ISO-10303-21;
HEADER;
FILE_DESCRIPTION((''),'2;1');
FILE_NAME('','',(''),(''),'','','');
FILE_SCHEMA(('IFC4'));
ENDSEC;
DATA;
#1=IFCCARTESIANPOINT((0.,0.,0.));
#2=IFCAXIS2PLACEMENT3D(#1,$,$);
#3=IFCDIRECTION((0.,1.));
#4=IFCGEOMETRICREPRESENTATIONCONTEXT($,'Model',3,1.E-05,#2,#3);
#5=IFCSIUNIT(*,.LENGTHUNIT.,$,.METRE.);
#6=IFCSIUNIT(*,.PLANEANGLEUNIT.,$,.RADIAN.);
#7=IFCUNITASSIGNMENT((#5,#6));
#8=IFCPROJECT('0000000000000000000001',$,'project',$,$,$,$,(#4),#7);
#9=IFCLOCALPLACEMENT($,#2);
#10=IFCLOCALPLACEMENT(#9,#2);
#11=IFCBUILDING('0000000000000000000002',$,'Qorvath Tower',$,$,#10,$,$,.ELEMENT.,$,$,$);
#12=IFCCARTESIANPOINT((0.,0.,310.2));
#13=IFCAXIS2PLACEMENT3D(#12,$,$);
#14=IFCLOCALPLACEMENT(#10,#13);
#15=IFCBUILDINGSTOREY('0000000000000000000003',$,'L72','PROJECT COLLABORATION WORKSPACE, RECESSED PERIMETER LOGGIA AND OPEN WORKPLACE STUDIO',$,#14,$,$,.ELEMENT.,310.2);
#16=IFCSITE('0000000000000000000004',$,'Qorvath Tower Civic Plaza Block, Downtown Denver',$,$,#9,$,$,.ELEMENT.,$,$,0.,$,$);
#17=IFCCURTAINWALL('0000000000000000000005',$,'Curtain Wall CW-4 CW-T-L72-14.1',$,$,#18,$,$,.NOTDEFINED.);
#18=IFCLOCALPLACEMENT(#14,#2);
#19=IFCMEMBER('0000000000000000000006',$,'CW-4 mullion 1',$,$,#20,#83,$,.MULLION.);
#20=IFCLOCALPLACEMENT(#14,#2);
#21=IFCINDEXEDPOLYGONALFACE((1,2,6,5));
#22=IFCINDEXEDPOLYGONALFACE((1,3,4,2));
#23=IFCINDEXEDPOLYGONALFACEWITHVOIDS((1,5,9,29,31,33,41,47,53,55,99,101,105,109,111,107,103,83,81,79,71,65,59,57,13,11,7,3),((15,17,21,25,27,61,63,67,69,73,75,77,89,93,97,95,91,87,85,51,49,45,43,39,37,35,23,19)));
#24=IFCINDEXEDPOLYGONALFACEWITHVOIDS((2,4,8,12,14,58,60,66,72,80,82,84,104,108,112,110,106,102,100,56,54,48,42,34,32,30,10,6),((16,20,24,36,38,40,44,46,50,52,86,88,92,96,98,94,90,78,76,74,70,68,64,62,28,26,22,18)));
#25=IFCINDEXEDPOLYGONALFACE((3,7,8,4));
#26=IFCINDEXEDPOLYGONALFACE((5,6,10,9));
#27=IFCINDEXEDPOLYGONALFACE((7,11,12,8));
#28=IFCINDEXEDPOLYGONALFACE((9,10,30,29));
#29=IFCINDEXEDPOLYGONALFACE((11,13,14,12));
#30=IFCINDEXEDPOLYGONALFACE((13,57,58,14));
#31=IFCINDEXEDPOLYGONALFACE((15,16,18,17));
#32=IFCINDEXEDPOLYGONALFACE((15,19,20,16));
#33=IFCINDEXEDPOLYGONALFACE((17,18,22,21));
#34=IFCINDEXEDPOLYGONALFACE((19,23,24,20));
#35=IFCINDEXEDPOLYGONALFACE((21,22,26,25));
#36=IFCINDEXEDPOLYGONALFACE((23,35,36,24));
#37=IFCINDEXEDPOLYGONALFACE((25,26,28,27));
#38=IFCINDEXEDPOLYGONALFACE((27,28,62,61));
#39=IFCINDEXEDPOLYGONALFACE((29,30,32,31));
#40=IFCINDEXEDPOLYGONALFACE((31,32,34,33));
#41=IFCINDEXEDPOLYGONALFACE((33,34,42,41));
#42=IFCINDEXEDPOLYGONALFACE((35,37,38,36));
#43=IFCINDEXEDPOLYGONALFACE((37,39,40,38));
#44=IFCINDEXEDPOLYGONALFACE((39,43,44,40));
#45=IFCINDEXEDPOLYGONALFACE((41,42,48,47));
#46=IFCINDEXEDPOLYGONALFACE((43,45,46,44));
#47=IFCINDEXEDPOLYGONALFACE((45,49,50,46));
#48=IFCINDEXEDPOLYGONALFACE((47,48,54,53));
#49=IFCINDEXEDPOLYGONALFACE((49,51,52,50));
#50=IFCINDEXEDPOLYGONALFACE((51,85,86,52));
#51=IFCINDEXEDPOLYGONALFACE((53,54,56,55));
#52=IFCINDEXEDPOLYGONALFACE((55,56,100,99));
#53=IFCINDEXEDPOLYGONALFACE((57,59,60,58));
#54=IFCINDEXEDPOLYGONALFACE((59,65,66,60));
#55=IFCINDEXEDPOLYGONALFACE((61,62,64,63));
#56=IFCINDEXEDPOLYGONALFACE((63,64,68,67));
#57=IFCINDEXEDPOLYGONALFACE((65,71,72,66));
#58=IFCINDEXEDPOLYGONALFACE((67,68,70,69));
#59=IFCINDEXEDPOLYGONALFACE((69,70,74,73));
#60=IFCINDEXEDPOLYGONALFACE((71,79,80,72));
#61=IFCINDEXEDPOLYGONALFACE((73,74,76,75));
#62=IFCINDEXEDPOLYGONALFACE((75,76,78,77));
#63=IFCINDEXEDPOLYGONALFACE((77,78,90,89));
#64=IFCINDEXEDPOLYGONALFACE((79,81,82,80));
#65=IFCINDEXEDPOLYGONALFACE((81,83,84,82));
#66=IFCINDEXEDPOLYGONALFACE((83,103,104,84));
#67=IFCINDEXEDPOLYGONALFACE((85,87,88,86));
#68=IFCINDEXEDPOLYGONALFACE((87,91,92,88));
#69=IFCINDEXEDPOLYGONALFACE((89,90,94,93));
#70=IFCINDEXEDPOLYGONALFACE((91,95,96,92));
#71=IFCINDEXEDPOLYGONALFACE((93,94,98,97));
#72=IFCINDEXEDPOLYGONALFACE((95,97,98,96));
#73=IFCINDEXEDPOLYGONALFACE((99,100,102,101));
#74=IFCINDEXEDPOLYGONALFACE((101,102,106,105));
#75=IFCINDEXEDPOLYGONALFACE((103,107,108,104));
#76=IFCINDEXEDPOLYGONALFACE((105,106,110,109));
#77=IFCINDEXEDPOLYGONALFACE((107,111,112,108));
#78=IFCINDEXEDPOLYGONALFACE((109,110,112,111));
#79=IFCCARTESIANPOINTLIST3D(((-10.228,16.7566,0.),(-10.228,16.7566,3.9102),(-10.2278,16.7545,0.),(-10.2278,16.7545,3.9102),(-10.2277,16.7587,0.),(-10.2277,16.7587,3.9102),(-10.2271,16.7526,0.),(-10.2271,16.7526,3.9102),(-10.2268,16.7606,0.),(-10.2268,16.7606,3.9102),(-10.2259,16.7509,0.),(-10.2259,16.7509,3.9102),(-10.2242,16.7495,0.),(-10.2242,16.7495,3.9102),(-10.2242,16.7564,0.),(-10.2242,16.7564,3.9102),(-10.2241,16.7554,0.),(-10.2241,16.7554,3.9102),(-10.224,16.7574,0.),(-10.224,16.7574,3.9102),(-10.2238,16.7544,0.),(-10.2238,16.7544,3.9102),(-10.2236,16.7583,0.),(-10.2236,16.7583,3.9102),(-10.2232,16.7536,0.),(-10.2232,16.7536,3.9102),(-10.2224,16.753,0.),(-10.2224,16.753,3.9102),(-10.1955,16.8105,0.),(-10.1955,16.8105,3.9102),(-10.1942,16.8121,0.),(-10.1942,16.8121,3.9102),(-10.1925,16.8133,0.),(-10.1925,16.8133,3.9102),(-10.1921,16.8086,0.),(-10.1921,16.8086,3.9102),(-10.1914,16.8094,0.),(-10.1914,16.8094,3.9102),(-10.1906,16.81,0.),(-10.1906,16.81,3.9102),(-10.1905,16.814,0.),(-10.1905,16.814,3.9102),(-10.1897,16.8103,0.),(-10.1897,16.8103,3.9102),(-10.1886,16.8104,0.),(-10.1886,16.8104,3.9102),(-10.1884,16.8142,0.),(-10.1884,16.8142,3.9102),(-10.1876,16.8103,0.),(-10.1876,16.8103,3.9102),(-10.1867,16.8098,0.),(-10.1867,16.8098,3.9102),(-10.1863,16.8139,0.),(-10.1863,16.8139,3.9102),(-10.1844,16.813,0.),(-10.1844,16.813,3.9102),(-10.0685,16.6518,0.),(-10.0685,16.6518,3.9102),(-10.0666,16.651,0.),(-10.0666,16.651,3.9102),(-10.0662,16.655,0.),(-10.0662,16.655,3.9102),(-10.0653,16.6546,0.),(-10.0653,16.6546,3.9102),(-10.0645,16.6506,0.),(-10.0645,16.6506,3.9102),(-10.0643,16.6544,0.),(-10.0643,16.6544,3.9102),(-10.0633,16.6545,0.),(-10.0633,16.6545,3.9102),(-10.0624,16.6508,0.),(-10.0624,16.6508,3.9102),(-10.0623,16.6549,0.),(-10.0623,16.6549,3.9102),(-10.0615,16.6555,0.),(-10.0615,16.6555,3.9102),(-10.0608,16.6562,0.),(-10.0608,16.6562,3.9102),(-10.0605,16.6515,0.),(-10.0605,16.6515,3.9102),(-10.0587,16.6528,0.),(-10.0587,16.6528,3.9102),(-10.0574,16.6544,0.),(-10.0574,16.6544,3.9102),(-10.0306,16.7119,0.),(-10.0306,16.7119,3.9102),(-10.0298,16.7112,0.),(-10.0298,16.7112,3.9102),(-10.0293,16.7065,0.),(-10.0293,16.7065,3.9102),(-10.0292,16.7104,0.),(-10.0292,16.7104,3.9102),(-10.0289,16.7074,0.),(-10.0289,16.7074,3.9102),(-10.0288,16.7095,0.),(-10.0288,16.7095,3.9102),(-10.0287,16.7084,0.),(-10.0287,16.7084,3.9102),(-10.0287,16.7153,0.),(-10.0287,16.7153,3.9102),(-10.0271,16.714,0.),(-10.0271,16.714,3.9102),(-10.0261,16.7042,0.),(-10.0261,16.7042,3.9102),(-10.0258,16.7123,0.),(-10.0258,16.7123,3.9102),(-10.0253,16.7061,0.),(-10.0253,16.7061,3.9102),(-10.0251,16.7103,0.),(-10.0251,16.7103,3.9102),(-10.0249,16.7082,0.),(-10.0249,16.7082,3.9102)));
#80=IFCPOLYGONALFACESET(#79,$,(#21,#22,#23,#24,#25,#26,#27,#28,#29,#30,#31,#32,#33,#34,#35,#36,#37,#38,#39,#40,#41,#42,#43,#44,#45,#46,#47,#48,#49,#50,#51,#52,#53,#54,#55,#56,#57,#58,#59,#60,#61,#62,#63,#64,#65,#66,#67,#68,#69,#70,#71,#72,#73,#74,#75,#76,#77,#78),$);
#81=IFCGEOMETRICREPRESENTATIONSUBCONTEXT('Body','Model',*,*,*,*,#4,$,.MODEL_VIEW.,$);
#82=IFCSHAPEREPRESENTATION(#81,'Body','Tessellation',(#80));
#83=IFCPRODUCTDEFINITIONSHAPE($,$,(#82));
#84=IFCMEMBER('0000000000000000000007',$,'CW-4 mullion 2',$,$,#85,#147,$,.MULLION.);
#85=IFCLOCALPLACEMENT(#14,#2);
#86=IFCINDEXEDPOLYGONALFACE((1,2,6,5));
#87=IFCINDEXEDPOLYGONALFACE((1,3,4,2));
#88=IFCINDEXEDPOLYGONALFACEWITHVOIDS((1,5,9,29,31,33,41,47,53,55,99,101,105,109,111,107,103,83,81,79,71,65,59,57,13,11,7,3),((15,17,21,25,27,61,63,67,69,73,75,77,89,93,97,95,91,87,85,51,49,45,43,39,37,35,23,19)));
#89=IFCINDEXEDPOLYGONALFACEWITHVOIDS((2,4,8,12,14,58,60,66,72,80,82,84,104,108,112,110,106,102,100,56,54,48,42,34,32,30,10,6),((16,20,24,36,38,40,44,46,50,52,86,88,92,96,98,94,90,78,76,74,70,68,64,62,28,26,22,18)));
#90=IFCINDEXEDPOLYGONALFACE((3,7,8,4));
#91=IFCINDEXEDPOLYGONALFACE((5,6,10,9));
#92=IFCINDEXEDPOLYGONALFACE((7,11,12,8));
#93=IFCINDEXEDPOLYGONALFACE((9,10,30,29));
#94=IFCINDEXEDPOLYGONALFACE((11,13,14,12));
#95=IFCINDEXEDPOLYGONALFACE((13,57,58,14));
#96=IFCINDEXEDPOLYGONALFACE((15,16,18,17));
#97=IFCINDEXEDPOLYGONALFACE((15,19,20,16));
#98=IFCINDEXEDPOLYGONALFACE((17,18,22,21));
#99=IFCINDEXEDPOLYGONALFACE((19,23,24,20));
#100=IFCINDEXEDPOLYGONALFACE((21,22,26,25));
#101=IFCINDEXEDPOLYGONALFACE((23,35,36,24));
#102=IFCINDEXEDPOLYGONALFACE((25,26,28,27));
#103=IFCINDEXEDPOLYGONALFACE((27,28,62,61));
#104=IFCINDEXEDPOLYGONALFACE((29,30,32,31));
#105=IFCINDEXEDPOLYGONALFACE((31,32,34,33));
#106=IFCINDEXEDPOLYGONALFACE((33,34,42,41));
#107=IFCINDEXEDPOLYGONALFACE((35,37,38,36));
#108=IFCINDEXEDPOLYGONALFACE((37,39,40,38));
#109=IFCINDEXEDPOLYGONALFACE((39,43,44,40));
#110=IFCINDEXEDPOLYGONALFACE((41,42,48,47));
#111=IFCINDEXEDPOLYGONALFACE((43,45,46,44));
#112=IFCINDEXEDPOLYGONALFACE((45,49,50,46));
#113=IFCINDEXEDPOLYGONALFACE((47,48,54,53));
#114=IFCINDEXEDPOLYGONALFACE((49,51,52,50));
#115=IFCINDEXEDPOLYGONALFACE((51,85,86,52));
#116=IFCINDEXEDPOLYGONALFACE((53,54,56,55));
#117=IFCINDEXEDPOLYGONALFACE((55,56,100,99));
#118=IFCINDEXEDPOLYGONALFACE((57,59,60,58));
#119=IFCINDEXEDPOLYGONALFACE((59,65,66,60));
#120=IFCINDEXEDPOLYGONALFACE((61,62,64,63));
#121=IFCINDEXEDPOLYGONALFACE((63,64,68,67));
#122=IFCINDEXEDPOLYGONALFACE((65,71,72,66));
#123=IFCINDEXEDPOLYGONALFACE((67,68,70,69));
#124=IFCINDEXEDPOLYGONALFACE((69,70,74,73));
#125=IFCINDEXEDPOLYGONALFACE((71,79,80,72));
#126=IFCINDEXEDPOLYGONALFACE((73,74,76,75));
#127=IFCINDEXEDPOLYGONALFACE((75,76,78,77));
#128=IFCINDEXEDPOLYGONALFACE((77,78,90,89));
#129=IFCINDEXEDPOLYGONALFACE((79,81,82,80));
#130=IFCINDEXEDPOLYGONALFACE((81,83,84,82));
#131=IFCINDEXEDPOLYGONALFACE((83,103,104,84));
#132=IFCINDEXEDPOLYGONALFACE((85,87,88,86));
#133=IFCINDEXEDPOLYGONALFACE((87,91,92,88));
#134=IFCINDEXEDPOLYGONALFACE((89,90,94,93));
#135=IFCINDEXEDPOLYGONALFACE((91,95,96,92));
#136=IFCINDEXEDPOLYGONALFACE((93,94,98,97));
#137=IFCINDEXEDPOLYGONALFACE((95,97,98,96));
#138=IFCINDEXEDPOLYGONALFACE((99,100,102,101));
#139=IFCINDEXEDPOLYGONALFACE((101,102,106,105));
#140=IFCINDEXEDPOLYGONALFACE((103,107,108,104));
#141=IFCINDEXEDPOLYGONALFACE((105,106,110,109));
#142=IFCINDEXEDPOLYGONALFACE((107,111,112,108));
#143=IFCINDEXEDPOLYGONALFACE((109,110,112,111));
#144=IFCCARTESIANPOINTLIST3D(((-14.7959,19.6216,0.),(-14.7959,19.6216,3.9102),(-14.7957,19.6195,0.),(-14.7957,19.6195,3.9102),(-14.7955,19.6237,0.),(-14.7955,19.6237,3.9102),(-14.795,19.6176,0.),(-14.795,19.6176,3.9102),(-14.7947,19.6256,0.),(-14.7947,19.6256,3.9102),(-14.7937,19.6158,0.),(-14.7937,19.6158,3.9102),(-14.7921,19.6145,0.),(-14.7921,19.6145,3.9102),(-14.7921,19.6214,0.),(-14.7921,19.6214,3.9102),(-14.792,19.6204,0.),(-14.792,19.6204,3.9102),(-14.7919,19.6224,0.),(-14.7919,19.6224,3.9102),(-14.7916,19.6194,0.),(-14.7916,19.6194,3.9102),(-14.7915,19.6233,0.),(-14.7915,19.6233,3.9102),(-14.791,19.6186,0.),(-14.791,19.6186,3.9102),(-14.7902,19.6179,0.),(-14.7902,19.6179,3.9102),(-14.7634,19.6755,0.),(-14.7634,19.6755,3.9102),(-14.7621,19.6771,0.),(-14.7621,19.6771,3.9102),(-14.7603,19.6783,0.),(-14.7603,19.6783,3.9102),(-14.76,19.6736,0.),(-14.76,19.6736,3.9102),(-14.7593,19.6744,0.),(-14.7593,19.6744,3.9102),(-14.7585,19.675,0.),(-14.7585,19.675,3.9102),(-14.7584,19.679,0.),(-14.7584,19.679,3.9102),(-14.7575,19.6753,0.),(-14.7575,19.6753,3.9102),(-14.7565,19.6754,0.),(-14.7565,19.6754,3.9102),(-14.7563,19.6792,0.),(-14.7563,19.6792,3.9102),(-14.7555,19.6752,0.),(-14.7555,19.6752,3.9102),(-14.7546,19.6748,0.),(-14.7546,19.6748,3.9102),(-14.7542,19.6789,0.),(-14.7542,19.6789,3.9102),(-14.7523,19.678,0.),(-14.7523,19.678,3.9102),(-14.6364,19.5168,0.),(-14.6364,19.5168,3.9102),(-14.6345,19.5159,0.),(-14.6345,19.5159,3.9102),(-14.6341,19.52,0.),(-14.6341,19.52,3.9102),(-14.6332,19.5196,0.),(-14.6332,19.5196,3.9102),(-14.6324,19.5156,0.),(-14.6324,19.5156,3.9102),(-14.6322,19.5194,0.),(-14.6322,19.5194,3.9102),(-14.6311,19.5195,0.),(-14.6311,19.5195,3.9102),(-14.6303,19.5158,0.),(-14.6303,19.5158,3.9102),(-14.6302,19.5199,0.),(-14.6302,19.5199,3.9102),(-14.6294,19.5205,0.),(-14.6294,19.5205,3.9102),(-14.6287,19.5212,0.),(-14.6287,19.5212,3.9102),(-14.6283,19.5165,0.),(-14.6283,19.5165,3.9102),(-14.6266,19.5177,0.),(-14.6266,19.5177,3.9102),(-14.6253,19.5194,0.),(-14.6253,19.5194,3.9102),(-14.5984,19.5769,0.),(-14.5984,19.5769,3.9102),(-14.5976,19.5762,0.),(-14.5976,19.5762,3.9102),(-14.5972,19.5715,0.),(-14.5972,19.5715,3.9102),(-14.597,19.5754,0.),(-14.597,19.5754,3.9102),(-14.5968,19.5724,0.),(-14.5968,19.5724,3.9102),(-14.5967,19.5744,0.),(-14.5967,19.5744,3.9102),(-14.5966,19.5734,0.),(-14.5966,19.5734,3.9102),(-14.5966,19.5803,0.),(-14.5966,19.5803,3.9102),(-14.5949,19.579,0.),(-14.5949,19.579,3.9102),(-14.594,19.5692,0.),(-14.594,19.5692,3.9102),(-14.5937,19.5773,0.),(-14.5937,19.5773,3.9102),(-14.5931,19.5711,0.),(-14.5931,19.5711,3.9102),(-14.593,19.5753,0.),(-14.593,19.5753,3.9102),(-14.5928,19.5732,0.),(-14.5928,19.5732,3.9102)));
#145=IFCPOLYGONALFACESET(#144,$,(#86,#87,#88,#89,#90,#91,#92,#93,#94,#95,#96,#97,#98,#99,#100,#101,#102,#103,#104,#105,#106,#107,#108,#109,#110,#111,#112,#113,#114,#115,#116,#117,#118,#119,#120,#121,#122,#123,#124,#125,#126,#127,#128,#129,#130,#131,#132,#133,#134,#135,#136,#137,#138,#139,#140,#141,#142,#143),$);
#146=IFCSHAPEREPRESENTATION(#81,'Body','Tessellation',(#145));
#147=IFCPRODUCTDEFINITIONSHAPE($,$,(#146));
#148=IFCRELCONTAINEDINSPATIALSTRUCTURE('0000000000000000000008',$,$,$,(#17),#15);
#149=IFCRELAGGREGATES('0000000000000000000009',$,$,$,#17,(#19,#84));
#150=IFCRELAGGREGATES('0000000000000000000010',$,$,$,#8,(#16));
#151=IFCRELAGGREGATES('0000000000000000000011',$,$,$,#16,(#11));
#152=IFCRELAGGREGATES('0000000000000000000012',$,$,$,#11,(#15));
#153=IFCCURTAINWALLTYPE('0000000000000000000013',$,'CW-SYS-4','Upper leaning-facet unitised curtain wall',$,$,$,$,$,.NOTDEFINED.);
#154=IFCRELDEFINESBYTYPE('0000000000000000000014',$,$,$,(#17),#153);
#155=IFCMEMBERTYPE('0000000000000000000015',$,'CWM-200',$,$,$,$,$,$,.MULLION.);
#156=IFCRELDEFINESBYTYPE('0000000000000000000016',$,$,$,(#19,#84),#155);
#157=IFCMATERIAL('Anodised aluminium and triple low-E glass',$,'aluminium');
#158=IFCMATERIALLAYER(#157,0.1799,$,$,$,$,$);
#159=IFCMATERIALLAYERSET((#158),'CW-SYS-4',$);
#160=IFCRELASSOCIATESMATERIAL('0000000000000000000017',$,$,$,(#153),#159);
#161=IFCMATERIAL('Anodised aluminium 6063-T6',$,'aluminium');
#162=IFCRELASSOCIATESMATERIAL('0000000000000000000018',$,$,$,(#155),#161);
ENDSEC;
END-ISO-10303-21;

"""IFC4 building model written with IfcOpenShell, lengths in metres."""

from ifc_helpers import new_model, si_unit, direction, frame, origin, origin_2d, place, context, subcontext, project, spatial, hollow_rectangle, extrude, material, layer, layer_set, material_profile, profile_set, type_object, element, aggregate, save


model = new_model("IFC4")

# Units and contexts
model_context = context("Model", 3, precision=1e-05, world=origin(), true_north=direction((0.0, 1.0)))
body_context = subcontext(model_context, "Body", "Model", "MODEL_VIEW")
ifc_project = project(units=[si_unit("LENGTHUNIT", "METRE"), si_unit("PLANEANGLEUNIT", "RADIAN")], contexts=[model_context])

# Site, building, storey
site_placement = place(None, origin())
site = spatial("IfcSite", under=ifc_project, at=site_placement, Name="Qorvath Tower Civic Plaza Block, Downtown Denver", CompositionType="ELEMENT", RefElevation=0.0)
building_placement = place(site_placement, origin())
building = spatial("IfcBuilding", under=site, at=building_placement, Name="Qorvath Tower", CompositionType="ELEMENT")
storey_placement = place(building_placement, frame((0.0, 0.0, 310.2)))
storey = spatial("IfcBuildingStorey", under=building, at=storey_placement, Name="L72", Description="PROJECT COLLABORATION WORKSPACE, RECESSED PERIMETER LOGGIA AND OPEN WORKPLACE STUDIO", CompositionType="ELEMENT", Elevation=310.2)

# Shared definitions
ifc_material_1 = material(Name="Anodised aluminium and triple low-E glass", Category="aluminium")
ifc_layer_1 = layer(ifc_material_1, 0.1799)
ifc_layer_set_1 = layer_set([ifc_layer_1], Name="CW-SYS-4")
curtain_wall_type = type_object("IfcCurtainWallType", Name="CW-SYS-4", Description="Upper leaning-facet unitised curtain wall", PredefinedType="NOTDEFINED", material=ifc_layer_set_1)
ifc_material_2 = material(Name="Anodised aluminium 6063-T6", Category="aluminium")
ifc_material_profile_1 = material_profile(ifc_material_2, hollow_rectangle(XDim=0.075, YDim=0.2, WallThickness=0.0039, InnerFilletRadius=0.0039, OuterFilletRadius=0.0081, at=origin_2d()), Name="CWM 200x75")
ifc_profile_set_1 = profile_set([ifc_material_profile_1], Name="Anodised aluminium 6063-T6")
member_type_1 = type_object("IfcMemberType", Name="CWM-200", PredefinedType="MULLION", material=ifc_profile_set_1)

# Curtain wall, members
curtain_wall_1_placement = place(storey_placement, origin())
curtain_wall_1 = element("IfcCurtainWall", 1, at=curtain_wall_1_placement, inside=storey, type_object=curtain_wall_type, Name="Curtain Wall CW-4 CW-T-L72-14.1", PredefinedType="NOTDEFINED")
member_1_placement = place(storey_placement, frame((-10.1265, 16.7324, 0.0), z_axis=(0.0, 0.0, 1.0), x_axis=(-0.531337, -0.847161, 0.0)))
member_1 = element("IfcMember", 2, at=member_1_placement, type_object=member_type_1, Name="CW-4 mullion 1", PredefinedType="MULLION", context=body_context, shape_type="SweptSolid", body=[
    extrude(hollow_rectangle(XDim=0.075, YDim=0.2, WallThickness=0.0039, InnerFilletRadius=0.0039, OuterFilletRadius=0.0081, at=origin_2d()), origin(), (0.0, 0.0, 1.0), 3.9102),
])
member_2_placement = place(storey_placement, frame((-14.6943, 19.5974, 0.0), z_axis=(0.0, 0.0, 1.0), x_axis=(-0.531337, -0.847161, 0.0)))
member_2 = element("IfcMember", 3, at=member_2_placement, type_object=member_type_1, Name="CW-4 mullion 2", PredefinedType="MULLION", context=body_context, shape_type="SweptSolid", body=[
    extrude(hollow_rectangle(XDim=0.075, YDim=0.2, WallThickness=0.0039, InnerFilletRadius=0.0039, OuterFilletRadius=0.0081, at=origin_2d()), origin(), (0.0, 0.0, 1.0), 3.9102),
])

aggregate(curtain_wall_1, [member_1, member_2])

save(model, "model.ifc")
